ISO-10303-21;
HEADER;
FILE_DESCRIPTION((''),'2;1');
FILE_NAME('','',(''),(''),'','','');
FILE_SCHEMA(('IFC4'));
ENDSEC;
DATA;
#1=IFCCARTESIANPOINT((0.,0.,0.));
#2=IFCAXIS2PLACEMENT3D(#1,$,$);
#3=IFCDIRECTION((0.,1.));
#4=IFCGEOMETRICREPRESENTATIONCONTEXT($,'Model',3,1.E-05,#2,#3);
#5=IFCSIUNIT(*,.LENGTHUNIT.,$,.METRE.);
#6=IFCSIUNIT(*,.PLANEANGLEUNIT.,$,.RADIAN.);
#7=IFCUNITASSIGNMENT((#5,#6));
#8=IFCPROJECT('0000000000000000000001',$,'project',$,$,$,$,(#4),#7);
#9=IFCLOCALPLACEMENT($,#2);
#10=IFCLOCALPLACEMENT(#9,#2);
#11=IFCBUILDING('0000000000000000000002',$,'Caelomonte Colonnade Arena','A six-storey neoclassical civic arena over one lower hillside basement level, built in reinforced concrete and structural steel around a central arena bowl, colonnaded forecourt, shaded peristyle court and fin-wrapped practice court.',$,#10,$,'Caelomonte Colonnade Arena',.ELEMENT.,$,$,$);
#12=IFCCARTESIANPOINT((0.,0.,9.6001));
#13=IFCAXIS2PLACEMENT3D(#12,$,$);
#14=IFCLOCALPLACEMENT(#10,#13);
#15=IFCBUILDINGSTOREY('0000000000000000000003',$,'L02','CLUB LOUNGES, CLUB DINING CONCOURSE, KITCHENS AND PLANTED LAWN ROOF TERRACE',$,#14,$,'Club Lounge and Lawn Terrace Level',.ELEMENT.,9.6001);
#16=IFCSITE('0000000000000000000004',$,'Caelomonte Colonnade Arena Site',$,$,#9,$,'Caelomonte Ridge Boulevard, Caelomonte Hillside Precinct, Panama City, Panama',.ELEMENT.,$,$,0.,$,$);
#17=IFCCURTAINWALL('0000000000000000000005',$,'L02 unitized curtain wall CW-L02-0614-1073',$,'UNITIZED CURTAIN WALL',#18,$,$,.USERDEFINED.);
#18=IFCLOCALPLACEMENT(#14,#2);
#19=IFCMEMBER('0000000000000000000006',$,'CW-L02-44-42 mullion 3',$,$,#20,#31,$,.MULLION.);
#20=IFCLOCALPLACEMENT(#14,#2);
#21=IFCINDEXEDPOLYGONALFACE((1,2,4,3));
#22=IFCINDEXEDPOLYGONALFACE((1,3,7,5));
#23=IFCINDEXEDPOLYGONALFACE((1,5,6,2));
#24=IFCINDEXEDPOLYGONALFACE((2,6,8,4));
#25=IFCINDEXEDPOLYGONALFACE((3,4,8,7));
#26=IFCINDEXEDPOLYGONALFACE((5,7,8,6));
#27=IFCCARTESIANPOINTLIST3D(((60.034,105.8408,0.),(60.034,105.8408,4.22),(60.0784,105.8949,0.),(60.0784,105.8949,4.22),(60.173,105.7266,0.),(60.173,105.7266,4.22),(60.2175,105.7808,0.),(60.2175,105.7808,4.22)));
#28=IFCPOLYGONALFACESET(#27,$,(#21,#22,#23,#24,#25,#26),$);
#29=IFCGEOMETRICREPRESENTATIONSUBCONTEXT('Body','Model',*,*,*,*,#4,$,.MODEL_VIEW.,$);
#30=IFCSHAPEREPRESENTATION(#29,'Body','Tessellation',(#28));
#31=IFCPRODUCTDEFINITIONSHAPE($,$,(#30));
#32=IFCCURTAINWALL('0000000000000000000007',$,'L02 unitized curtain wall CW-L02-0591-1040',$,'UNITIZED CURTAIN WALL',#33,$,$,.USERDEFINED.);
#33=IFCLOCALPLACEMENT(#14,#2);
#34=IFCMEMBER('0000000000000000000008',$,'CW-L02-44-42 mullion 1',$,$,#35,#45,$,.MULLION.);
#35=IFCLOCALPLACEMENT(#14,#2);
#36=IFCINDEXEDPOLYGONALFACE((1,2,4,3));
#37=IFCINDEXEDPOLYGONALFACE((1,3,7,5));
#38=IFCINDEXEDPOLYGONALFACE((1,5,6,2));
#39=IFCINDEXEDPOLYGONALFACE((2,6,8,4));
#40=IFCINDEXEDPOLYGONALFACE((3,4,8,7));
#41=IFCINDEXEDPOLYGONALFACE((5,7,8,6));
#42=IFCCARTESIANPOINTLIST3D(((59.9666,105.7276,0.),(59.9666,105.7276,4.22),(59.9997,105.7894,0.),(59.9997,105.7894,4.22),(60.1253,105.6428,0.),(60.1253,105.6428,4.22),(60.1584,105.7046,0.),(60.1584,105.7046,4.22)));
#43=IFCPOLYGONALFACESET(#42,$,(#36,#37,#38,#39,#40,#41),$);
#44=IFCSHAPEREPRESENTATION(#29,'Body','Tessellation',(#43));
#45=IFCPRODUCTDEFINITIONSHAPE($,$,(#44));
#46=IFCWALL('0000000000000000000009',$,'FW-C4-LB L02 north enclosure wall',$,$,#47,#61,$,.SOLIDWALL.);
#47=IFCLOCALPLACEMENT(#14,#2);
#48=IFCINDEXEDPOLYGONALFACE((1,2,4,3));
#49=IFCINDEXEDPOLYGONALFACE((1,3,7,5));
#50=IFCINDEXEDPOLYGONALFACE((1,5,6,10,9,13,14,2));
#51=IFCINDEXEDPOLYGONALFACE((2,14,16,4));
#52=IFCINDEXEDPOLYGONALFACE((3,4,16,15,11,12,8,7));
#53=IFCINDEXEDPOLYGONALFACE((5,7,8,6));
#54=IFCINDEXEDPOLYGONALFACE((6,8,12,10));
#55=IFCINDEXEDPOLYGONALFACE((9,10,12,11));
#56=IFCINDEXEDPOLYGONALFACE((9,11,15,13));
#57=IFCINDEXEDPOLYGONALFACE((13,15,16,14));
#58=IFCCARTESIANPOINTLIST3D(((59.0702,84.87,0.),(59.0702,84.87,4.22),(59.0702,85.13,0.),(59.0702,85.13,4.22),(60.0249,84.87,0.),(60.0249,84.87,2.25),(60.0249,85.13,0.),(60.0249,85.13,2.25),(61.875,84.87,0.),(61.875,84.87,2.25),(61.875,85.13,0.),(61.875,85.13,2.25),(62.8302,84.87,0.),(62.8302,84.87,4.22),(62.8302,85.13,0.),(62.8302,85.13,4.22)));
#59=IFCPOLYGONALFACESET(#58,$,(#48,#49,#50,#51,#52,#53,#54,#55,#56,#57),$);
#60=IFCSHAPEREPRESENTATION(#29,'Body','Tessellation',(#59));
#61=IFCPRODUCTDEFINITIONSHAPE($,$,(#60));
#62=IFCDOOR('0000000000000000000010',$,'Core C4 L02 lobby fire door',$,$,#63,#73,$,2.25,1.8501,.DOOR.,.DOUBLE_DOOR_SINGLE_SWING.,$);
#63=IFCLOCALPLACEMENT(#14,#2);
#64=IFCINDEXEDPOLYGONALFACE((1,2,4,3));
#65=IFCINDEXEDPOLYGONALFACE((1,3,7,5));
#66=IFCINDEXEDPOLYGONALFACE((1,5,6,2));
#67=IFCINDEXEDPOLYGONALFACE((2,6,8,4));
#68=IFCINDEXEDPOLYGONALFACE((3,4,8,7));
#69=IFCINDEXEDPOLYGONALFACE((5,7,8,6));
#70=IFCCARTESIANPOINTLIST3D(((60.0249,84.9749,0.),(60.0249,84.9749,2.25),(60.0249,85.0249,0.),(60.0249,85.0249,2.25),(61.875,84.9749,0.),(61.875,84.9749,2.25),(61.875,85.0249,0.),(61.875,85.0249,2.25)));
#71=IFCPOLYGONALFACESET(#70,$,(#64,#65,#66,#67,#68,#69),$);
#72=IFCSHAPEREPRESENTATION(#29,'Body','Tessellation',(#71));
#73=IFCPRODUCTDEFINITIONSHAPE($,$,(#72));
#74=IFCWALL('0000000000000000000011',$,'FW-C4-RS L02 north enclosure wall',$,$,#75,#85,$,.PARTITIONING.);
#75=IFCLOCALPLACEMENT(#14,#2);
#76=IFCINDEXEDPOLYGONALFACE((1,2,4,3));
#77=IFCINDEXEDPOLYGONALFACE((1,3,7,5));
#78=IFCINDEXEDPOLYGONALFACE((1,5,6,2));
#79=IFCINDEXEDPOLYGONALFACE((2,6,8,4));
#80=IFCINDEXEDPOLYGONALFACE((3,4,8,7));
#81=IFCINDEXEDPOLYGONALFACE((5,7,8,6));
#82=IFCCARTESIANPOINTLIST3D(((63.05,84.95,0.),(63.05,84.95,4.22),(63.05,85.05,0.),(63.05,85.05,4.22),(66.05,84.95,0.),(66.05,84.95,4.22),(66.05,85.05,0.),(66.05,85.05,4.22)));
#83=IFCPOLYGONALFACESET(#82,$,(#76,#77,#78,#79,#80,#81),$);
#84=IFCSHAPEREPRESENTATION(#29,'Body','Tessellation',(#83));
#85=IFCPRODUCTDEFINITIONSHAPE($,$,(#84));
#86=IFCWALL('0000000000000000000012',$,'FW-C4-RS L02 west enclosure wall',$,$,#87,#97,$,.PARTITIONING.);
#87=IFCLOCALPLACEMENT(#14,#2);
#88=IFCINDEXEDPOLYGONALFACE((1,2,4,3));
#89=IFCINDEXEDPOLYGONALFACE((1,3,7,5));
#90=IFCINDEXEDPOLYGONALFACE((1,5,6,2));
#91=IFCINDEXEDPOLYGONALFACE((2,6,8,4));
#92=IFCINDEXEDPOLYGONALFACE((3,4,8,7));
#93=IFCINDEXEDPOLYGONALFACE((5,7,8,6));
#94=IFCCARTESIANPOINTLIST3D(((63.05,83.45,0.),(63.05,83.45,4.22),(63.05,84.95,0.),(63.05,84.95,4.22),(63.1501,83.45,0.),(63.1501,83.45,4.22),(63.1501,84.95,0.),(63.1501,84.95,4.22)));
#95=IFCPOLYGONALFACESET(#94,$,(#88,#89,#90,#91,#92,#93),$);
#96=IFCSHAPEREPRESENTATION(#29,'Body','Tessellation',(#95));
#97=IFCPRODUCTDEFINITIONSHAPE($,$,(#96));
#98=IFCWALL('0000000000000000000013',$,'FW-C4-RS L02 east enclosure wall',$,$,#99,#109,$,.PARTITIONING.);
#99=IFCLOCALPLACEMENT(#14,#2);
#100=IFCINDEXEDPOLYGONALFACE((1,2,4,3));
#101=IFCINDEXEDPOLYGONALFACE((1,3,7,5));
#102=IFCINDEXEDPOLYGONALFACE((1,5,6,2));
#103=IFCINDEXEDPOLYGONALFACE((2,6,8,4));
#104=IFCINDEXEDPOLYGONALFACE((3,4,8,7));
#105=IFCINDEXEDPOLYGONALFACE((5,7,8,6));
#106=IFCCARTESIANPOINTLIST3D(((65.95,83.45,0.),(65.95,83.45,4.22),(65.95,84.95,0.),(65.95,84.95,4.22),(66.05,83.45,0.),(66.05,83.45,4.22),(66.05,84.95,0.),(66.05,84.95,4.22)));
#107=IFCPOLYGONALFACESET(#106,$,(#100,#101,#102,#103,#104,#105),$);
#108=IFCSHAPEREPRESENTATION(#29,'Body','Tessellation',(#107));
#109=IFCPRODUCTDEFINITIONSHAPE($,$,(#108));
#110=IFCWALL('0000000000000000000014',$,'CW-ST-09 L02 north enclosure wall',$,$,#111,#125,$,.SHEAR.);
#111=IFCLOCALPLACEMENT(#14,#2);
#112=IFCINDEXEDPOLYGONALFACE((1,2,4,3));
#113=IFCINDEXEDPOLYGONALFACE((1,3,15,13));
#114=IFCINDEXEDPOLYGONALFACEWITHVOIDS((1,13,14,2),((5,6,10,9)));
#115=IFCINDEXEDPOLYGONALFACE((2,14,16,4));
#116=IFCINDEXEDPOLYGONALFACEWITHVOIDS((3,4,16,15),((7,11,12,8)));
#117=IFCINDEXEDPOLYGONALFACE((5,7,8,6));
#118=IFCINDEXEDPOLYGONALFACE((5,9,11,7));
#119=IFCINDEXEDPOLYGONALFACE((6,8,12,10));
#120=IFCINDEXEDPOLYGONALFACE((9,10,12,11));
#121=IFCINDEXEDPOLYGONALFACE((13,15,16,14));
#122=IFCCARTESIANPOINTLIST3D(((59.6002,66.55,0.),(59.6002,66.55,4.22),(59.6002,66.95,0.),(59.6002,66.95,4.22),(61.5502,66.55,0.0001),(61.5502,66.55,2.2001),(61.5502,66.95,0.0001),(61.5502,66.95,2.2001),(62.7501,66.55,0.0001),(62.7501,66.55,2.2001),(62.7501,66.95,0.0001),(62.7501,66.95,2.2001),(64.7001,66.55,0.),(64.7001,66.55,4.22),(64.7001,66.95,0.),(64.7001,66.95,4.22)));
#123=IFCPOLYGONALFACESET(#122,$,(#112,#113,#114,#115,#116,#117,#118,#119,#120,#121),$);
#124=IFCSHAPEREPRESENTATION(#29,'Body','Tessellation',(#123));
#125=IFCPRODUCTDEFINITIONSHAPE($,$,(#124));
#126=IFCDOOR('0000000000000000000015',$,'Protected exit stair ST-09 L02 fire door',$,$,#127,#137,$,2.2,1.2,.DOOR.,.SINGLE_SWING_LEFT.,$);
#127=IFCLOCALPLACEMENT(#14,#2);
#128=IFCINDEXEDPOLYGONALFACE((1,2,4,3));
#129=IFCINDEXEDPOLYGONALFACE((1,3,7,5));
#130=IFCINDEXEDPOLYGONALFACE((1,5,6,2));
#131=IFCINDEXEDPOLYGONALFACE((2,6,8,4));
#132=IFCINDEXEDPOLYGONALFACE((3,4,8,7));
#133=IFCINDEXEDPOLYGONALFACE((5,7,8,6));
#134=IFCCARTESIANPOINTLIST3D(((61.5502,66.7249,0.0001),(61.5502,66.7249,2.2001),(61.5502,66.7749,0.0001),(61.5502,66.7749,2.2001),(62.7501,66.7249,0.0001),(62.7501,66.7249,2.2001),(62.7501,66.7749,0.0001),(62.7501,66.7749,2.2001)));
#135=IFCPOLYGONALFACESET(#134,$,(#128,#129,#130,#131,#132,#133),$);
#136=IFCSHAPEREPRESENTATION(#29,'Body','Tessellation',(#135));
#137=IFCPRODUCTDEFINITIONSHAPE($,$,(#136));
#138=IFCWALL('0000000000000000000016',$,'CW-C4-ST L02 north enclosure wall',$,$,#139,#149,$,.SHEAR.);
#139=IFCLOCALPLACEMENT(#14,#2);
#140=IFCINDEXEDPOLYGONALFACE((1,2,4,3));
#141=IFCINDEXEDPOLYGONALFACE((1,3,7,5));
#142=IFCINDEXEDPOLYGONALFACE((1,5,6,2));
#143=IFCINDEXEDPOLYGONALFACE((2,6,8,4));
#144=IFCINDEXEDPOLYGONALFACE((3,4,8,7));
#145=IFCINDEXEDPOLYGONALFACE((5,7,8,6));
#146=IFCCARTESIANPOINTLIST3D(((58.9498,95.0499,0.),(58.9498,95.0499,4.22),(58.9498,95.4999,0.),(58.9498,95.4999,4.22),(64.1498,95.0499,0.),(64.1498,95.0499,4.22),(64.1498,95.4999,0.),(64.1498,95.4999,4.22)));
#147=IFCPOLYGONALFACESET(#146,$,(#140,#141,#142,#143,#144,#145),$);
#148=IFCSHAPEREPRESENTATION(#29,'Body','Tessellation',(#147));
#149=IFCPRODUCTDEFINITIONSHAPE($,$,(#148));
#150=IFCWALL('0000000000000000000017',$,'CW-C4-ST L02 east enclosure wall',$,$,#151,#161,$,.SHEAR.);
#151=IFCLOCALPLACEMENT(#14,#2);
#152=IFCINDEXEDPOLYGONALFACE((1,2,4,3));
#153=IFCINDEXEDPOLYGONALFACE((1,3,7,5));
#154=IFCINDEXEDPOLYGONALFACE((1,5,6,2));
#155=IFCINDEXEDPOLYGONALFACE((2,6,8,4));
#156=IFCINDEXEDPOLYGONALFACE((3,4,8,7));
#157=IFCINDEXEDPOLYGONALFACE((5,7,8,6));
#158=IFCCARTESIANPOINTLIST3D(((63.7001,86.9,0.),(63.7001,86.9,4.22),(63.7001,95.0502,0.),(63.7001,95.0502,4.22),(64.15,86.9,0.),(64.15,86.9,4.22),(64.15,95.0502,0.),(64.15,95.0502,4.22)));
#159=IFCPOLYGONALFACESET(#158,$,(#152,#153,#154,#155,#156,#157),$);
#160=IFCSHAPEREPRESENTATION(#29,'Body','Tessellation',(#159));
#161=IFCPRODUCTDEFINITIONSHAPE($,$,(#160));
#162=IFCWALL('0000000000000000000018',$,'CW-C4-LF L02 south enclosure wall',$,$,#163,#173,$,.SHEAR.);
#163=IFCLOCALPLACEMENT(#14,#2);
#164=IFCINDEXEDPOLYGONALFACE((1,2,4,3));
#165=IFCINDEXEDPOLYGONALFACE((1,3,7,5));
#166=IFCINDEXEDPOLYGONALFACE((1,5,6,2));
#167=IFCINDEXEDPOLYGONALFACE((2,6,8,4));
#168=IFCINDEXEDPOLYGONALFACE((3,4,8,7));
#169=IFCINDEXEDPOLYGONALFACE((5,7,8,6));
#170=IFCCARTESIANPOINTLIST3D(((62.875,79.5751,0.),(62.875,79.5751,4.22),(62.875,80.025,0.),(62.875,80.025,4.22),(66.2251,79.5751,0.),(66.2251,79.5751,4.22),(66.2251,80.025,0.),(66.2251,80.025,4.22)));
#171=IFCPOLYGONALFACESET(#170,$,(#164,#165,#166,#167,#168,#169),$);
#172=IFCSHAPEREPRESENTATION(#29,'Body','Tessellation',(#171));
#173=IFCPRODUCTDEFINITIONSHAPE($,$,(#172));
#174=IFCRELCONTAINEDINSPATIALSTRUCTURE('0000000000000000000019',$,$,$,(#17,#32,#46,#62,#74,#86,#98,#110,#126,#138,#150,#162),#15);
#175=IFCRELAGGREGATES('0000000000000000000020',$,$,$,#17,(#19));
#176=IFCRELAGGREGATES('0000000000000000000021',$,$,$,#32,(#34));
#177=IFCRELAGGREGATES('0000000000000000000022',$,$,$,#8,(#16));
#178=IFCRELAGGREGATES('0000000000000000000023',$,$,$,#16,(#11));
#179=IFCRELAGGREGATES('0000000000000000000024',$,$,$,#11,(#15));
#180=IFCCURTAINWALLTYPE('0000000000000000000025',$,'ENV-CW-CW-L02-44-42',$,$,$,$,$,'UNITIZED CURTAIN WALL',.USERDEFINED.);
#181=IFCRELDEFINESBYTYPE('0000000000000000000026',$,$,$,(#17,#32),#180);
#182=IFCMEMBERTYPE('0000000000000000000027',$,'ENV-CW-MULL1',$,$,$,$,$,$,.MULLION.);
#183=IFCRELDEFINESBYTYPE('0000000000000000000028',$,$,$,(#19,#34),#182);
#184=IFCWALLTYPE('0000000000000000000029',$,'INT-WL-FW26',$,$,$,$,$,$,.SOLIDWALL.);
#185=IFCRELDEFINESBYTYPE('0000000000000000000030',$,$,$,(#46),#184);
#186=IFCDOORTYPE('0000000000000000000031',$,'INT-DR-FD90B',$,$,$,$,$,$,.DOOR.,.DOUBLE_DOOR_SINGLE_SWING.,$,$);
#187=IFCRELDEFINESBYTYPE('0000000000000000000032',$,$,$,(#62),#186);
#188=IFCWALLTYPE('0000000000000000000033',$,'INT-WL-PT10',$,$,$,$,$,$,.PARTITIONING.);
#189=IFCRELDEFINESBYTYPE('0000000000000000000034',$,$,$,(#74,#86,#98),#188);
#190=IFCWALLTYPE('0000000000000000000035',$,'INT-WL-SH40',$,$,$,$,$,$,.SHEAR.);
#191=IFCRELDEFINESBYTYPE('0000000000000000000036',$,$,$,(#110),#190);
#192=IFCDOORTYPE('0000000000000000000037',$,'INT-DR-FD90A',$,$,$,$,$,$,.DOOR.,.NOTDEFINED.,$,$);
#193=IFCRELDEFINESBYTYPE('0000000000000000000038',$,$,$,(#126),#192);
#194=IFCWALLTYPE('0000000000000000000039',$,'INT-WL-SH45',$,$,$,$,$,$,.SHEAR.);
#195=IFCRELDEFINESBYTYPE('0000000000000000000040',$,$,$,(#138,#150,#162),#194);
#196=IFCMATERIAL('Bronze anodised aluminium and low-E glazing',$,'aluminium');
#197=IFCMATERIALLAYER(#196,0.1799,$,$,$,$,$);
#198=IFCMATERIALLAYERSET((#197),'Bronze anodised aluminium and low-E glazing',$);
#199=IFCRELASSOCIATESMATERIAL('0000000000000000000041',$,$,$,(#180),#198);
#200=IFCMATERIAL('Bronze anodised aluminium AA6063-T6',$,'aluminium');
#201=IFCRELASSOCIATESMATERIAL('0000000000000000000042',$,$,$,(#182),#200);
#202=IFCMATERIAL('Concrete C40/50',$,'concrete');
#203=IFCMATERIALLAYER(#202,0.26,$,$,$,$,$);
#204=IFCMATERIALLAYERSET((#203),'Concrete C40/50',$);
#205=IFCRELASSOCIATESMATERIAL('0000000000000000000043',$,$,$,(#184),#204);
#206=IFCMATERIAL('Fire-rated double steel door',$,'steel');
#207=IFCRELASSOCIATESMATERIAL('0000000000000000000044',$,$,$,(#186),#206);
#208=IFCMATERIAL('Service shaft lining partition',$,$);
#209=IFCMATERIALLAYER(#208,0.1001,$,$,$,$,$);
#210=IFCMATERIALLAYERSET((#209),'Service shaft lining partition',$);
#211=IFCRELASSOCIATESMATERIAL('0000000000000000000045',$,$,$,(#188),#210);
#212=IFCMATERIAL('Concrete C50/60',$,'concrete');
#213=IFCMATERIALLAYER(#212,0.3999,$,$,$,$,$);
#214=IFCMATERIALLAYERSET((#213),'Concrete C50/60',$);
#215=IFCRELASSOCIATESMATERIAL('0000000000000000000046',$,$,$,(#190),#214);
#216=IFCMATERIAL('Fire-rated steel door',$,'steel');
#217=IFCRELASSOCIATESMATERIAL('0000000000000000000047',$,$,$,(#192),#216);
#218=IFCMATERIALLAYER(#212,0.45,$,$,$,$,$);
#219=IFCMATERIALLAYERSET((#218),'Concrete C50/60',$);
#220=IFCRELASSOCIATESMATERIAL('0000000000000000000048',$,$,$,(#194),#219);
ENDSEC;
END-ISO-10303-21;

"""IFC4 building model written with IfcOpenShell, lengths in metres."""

from ifc_helpers import new_model, si_unit, direction, frame, frame_2d, origin, origin_2d, place, context, subcontext, project, spatial, rectangle, extrude, material, layer, layer_set, material_profile, profile_set, type_object, element, fill, aggregate, save


model = new_model("IFC4")

# Units and contexts
model_context = context("Model", 3, precision=1e-05, world=origin(), true_north=direction((0.0, 1.0)))
body_context = subcontext(model_context, "Body", "Model", "MODEL_VIEW")
ifc_project = project(units=[si_unit("LENGTHUNIT", "METRE"), si_unit("PLANEANGLEUNIT", "RADIAN")], contexts=[model_context])

# Site, building, storey
site_placement = place(None, origin())
site = spatial("IfcSite", under=ifc_project, at=site_placement, Name="Caelomonte Colonnade Arena Site", LongName="Caelomonte Ridge Boulevard, Caelomonte Hillside Precinct, Panama City, Panama", CompositionType="ELEMENT", RefElevation=0.0)
building_placement = place(site_placement, origin())
building = spatial("IfcBuilding", under=site, at=building_placement, Name="Caelomonte Colonnade Arena", Description="A six-storey neoclassical civic arena over one lower hillside basement level, built in reinforced concrete and structural steel around a central arena bowl, colonnaded forecourt, shaded peristyle court and fin-wrapped practice court.", LongName="Caelomonte Colonnade Arena", CompositionType="ELEMENT")
storey_placement = place(building_placement, frame((0.0, 0.0, 9.6001)))
storey = spatial("IfcBuildingStorey", under=building, at=storey_placement, Name="L02", Description="CLUB LOUNGES, CLUB DINING CONCOURSE, KITCHENS AND PLANTED LAWN ROOF TERRACE", LongName="Club Lounge and Lawn Terrace Level", CompositionType="ELEMENT", Elevation=9.6001)

# Curtain walls, members
ifc_material_1 = material(Name="Bronze anodised aluminium and low-E glazing", Category="aluminium")
ifc_layer_1 = layer(ifc_material_1, 0.1799)
ifc_layer_set_1 = layer_set([ifc_layer_1], Name="Bronze anodised aluminium and low-E glazing")
curtain_wall_type = type_object("IfcCurtainWallType", Name="ENV-CW-CW-L02-44-42", ElementType="UNITIZED CURTAIN WALL", PredefinedType="USERDEFINED", material=ifc_layer_set_1)
curtain_wall_1_placement = place(storey_placement, origin())
curtain_wall_1 = element("IfcCurtainWall", 1, at=curtain_wall_1_placement, inside=storey, type_object=curtain_wall_type, Name="L02 unitized curtain wall CW-L02-0614-1073", ObjectType="UNITIZED CURTAIN WALL", PredefinedType="USERDEFINED")
ifc_material_2 = material(Name="Bronze anodised aluminium AA6063-T6", Category="aluminium")
ifc_material_profile = material_profile(ifc_material_2, rectangle(XDim=0.0701, YDim=0.1799, at=origin_2d()), Name="CWM-70X180")
ifc_profile_set = profile_set([ifc_material_profile], Name="Bronze anodised aluminium AA6063-T6")
member_type = type_object("IfcMemberType", Name="ENV-CW-MULL1", PredefinedType="MULLION", material=ifc_profile_set)
member_1_placement = place(storey_placement, frame((60.1257, 105.8108, 0.0), z_axis=(0.0, 0.0, 1.0), x_axis=(-0.634416, -0.772992, 0.0)))
member_1 = element("IfcMember", 2, at=member_1_placement, type_object=member_type, Name="CW-L02-44-42 mullion 3", PredefinedType="MULLION", context=body_context, shape_type="SweptSolid", body=[
    extrude(rectangle(XDim=0.0701, YDim=0.1799, at=origin_2d()), origin(), (0.0, 0.0, 1.0), 4.22),
])
aggregate(curtain_wall_1, [member_1])
curtain_wall_2_placement = place(storey_placement, origin())
curtain_wall_2 = element("IfcCurtainWall", 3, at=curtain_wall_2_placement, inside=storey, type_object=curtain_wall_type, Name="L02 unitized curtain wall CW-L02-0591-1040", ObjectType="UNITIZED CURTAIN WALL", PredefinedType="USERDEFINED")
member_2_placement = place(storey_placement, frame((60.0625, 105.7161, 0.0), z_axis=(0.0, 0.0, 1.0), x_axis=(-0.471394, -0.881923, 0.0)))
member_2 = element("IfcMember", 4, at=member_2_placement, type_object=member_type, Name="CW-L02-44-42 mullion 1", PredefinedType="MULLION", context=body_context, shape_type="SweptSolid", body=[
    extrude(rectangle(XDim=0.0701, YDim=0.1799, at=origin_2d()), origin(), (0.0, 0.0, 1.0), 4.22),
])
aggregate(curtain_wall_2, [member_2])

# Wall, opening, door
ifc_material_3 = material(Name="Concrete C40/50", Category="concrete")
ifc_layer_2 = layer(ifc_material_3, 0.26)
ifc_layer_set_2 = layer_set([ifc_layer_2], Name="Concrete C40/50")
wall_type_1 = type_object("IfcWallType", Name="INT-WL-FW26", PredefinedType="SOLIDWALL", material=ifc_layer_set_2)
wall_1_placement = place(storey_placement, frame((62.8301, 85.0, 0.0), z_axis=(0.0, 0.0, 1.0), x_axis=(-1.0, 0.0, 0.0)))
wall_1 = element("IfcWall", 5, at=wall_1_placement, inside=storey, type_object=wall_type_1, Name="FW-C4-LB L02 north enclosure wall", PredefinedType="SOLIDWALL", context=body_context, shape_type="SweptSolid", body=[
    extrude(rectangle(XDim=3.76, YDim=0.26, at=frame_2d((1.8799, 0.0))), origin(), (0.0, 0.0, 1.0), 4.22),
])
opening_1_placement = place(wall_1_placement, frame((2.8052, 0.0, 0.0), z_axis=(0.0, 0.0, 1.0), x_axis=(-1.0, 0.0, 0.0)))
opening_1 = element("IfcOpeningElement", 6, at=opening_1_placement, cuts=wall_1, PredefinedType="OPENING", context=body_context, shape_type="SweptSolid", body=[
    extrude(rectangle(XDim=1.8501, YDim=2.25, at=frame_2d((0.925, 1.125))), frame((0.0, 0.1399, 0.0), z_axis=(0.0, -1.0, 0.0), x_axis=(1.0, 0.0, 0.0)), (0.0, 0.0, 1.0), 0.28),
])
ifc_material_4 = material(Name="Fire-rated double steel door", Category="steel")
door_type_1 = type_object("IfcDoorType", Name="INT-DR-FD90B", OperationType="DOUBLE_DOOR_SINGLE_SWING", PredefinedType="DOOR", material=ifc_material_4)
door_1_placement = place(opening_1_placement, origin())
door_1 = element("IfcDoor", 7, at=door_1_placement, inside=storey, type_object=door_type_1, Name="Core C4 L02 lobby fire door", OperationType="DOUBLE_DOOR_SINGLE_SWING", OverallHeight=2.25, OverallWidth=1.8501, PredefinedType="DOOR", context=body_context, shape_type="SweptSolid", body=[
    extrude(rectangle(XDim=1.8501, YDim=2.25, at=frame_2d((0.925, 1.125))), frame((0.0, 0.0249, 0.0), z_axis=(0.0, -1.0, 0.0), x_axis=(1.0, 0.0, 0.0)), (0.0, 0.0, 1.0), 0.05),
])
fill(opening_1, door_1)

# Walls
ifc_material_5 = material(Name="Service shaft lining partition")
ifc_layer_3 = layer(ifc_material_5, 0.1001)
ifc_layer_set_3 = layer_set([ifc_layer_3], Name="Service shaft lining partition")
wall_type_2 = type_object("IfcWallType", Name="INT-WL-PT10", PredefinedType="PARTITIONING", material=ifc_layer_set_3)
wall_2_placement = place(storey_placement, frame((66.05, 85.0, 0.0), z_axis=(0.0, 0.0, 1.0), x_axis=(-1.0, 0.0, 0.0)))
element("IfcWall", 8, at=wall_2_placement, inside=storey, type_object=wall_type_2, Name="FW-C4-RS L02 north enclosure wall", PredefinedType="PARTITIONING", context=body_context, shape_type="SweptSolid", body=[
    extrude(rectangle(XDim=3.0, YDim=0.1001, at=frame_2d((1.5, 0.0))), origin(), (0.0, 0.0, 1.0), 4.22),
])
for number, where, z_axis, x_axis, name in (
    (9, (63.1001, 84.95, 0.0), (0.0, 0.0, 1.0), (0.0, -1.0, 0.0), "FW-C4-RS L02 west enclosure wall"),
    (10, (66.0, 83.45, 0.0), (0.0, 0.0, 1.0), (0.0, 1.0, 0.0), "FW-C4-RS L02 east enclosure wall"),
):
    element("IfcWall", number, at=place(storey_placement, frame(where, z_axis=z_axis, x_axis=x_axis)), inside=storey, type_object=wall_type_2, Name=name, PredefinedType="PARTITIONING", context=body_context, shape_type="SweptSolid", body=[
        extrude(rectangle(XDim=1.5, YDim=0.1001, at=frame_2d((0.75, 0.0))), origin(), (0.0, 0.0, 1.0), 4.22),
    ])

# Wall, opening, door
ifc_material_6 = material(Name="Concrete C50/60", Category="concrete")
ifc_layer_4 = layer(ifc_material_6, 0.3999)
ifc_layer_set_4 = layer_set([ifc_layer_4], Name="Concrete C50/60")
wall_type_3 = type_object("IfcWallType", Name="INT-WL-SH40", PredefinedType="SHEAR", material=ifc_layer_set_4)
wall_3_placement = place(storey_placement, frame((64.7, 66.75, 0.0), z_axis=(0.0, 0.0, 1.0), x_axis=(-1.0, 0.0, 0.0)))
wall_3 = element("IfcWall", 11, at=wall_3_placement, inside=storey, type_object=wall_type_3, Name="CW-ST-09 L02 north enclosure wall", PredefinedType="SHEAR", context=body_context, shape_type="SweptSolid", body=[
    extrude(rectangle(XDim=5.0999, YDim=0.3999, at=frame_2d((2.5498, 0.0))), origin(), (0.0, 0.0, 1.0), 4.22),
])
opening_2_placement = place(wall_3_placement, frame((3.1499, 0.0, 0.0), z_axis=(0.0, 0.0, 1.0), x_axis=(-1.0, 0.0, 0.0)))
opening_2 = element("IfcOpeningElement", 12, at=opening_2_placement, cuts=wall_3, PredefinedType="OPENING", context=body_context, shape_type="SweptSolid", body=[
    extrude(rectangle(XDim=1.2, YDim=2.2, at=frame_2d((0.6001, 1.1001))), frame((0.0, 0.21, 0.0), z_axis=(0.0, -1.0, 0.0), x_axis=(1.0, 0.0, 0.0)), (0.0, 0.0, 1.0), 0.4199),
])
ifc_material_7 = material(Name="Fire-rated steel door", Category="steel")
door_type_2 = type_object("IfcDoorType", Name="INT-DR-FD90A", OperationType="NOTDEFINED", PredefinedType="DOOR", material=ifc_material_7)
door_2_placement = place(opening_2_placement, origin())
door_2 = element("IfcDoor", 13, at=door_2_placement, inside=storey, type_object=door_type_2, Name="Protected exit stair ST-09 L02 fire door", OperationType="SINGLE_SWING_LEFT", OverallHeight=2.2, OverallWidth=1.2, PredefinedType="DOOR", context=body_context, shape_type="SweptSolid", body=[
    extrude(rectangle(XDim=1.2, YDim=2.2, at=frame_2d((0.6001, 1.1001))), frame((0.0, 0.0249, 0.0), z_axis=(0.0, -1.0, 0.0), x_axis=(1.0, 0.0, 0.0)), (0.0, 0.0, 1.0), 0.05),
])
fill(opening_2, door_2)

# Walls
ifc_layer_5 = layer(ifc_material_6, 0.45)
ifc_layer_set_5 = layer_set([ifc_layer_5], Name="Concrete C50/60")
wall_type_4 = type_object("IfcWallType", Name="INT-WL-SH45", PredefinedType="SHEAR", material=ifc_layer_set_5)
wall_4_placement = place(storey_placement, frame((64.1499, 95.2749, 0.0), z_axis=(0.0, 0.0, 1.0), x_axis=(-1.0, 0.0, 0.0)))
element("IfcWall", 14, at=wall_4_placement, inside=storey, type_object=wall_type_4, Name="CW-C4-ST L02 north enclosure wall", PredefinedType="SHEAR", context=body_context, shape_type="SweptSolid", body=[
    extrude(rectangle(XDim=5.2, YDim=0.45, at=frame_2d((2.6001, 0.0))), origin(), (0.0, 0.0, 1.0), 4.22),
])
wall_5_placement = place(storey_placement, frame((63.925, 86.8999, 0.0), z_axis=(0.0, 0.0, 1.0), x_axis=(0.0, 1.0, 0.0)))
element("IfcWall", 15, at=wall_5_placement, inside=storey, type_object=wall_type_4, Name="CW-C4-ST L02 east enclosure wall", PredefinedType="SHEAR", context=body_context, shape_type="SweptSolid", body=[
    extrude(rectangle(XDim=8.1501, YDim=0.45, at=frame_2d((4.0752, 0.0))), origin(), (0.0, 0.0, 1.0), 4.22),
])
wall_6_placement = place(storey_placement, frame((62.875, 79.8, 0.0), z_axis=(0.0, 0.0, 1.0), x_axis=(1.0, 0.0, 0.0)))
element("IfcWall", 16, at=wall_6_placement, inside=storey, type_object=wall_type_4, Name="CW-C4-LF L02 south enclosure wall", PredefinedType="SHEAR", context=body_context, shape_type="SweptSolid", body=[
    extrude(rectangle(XDim=3.3501, YDim=0.45, at=frame_2d((1.675, 0.0))), origin(), (0.0, 0.0, 1.0), 4.22),
])

save(model, "model.ifc")
